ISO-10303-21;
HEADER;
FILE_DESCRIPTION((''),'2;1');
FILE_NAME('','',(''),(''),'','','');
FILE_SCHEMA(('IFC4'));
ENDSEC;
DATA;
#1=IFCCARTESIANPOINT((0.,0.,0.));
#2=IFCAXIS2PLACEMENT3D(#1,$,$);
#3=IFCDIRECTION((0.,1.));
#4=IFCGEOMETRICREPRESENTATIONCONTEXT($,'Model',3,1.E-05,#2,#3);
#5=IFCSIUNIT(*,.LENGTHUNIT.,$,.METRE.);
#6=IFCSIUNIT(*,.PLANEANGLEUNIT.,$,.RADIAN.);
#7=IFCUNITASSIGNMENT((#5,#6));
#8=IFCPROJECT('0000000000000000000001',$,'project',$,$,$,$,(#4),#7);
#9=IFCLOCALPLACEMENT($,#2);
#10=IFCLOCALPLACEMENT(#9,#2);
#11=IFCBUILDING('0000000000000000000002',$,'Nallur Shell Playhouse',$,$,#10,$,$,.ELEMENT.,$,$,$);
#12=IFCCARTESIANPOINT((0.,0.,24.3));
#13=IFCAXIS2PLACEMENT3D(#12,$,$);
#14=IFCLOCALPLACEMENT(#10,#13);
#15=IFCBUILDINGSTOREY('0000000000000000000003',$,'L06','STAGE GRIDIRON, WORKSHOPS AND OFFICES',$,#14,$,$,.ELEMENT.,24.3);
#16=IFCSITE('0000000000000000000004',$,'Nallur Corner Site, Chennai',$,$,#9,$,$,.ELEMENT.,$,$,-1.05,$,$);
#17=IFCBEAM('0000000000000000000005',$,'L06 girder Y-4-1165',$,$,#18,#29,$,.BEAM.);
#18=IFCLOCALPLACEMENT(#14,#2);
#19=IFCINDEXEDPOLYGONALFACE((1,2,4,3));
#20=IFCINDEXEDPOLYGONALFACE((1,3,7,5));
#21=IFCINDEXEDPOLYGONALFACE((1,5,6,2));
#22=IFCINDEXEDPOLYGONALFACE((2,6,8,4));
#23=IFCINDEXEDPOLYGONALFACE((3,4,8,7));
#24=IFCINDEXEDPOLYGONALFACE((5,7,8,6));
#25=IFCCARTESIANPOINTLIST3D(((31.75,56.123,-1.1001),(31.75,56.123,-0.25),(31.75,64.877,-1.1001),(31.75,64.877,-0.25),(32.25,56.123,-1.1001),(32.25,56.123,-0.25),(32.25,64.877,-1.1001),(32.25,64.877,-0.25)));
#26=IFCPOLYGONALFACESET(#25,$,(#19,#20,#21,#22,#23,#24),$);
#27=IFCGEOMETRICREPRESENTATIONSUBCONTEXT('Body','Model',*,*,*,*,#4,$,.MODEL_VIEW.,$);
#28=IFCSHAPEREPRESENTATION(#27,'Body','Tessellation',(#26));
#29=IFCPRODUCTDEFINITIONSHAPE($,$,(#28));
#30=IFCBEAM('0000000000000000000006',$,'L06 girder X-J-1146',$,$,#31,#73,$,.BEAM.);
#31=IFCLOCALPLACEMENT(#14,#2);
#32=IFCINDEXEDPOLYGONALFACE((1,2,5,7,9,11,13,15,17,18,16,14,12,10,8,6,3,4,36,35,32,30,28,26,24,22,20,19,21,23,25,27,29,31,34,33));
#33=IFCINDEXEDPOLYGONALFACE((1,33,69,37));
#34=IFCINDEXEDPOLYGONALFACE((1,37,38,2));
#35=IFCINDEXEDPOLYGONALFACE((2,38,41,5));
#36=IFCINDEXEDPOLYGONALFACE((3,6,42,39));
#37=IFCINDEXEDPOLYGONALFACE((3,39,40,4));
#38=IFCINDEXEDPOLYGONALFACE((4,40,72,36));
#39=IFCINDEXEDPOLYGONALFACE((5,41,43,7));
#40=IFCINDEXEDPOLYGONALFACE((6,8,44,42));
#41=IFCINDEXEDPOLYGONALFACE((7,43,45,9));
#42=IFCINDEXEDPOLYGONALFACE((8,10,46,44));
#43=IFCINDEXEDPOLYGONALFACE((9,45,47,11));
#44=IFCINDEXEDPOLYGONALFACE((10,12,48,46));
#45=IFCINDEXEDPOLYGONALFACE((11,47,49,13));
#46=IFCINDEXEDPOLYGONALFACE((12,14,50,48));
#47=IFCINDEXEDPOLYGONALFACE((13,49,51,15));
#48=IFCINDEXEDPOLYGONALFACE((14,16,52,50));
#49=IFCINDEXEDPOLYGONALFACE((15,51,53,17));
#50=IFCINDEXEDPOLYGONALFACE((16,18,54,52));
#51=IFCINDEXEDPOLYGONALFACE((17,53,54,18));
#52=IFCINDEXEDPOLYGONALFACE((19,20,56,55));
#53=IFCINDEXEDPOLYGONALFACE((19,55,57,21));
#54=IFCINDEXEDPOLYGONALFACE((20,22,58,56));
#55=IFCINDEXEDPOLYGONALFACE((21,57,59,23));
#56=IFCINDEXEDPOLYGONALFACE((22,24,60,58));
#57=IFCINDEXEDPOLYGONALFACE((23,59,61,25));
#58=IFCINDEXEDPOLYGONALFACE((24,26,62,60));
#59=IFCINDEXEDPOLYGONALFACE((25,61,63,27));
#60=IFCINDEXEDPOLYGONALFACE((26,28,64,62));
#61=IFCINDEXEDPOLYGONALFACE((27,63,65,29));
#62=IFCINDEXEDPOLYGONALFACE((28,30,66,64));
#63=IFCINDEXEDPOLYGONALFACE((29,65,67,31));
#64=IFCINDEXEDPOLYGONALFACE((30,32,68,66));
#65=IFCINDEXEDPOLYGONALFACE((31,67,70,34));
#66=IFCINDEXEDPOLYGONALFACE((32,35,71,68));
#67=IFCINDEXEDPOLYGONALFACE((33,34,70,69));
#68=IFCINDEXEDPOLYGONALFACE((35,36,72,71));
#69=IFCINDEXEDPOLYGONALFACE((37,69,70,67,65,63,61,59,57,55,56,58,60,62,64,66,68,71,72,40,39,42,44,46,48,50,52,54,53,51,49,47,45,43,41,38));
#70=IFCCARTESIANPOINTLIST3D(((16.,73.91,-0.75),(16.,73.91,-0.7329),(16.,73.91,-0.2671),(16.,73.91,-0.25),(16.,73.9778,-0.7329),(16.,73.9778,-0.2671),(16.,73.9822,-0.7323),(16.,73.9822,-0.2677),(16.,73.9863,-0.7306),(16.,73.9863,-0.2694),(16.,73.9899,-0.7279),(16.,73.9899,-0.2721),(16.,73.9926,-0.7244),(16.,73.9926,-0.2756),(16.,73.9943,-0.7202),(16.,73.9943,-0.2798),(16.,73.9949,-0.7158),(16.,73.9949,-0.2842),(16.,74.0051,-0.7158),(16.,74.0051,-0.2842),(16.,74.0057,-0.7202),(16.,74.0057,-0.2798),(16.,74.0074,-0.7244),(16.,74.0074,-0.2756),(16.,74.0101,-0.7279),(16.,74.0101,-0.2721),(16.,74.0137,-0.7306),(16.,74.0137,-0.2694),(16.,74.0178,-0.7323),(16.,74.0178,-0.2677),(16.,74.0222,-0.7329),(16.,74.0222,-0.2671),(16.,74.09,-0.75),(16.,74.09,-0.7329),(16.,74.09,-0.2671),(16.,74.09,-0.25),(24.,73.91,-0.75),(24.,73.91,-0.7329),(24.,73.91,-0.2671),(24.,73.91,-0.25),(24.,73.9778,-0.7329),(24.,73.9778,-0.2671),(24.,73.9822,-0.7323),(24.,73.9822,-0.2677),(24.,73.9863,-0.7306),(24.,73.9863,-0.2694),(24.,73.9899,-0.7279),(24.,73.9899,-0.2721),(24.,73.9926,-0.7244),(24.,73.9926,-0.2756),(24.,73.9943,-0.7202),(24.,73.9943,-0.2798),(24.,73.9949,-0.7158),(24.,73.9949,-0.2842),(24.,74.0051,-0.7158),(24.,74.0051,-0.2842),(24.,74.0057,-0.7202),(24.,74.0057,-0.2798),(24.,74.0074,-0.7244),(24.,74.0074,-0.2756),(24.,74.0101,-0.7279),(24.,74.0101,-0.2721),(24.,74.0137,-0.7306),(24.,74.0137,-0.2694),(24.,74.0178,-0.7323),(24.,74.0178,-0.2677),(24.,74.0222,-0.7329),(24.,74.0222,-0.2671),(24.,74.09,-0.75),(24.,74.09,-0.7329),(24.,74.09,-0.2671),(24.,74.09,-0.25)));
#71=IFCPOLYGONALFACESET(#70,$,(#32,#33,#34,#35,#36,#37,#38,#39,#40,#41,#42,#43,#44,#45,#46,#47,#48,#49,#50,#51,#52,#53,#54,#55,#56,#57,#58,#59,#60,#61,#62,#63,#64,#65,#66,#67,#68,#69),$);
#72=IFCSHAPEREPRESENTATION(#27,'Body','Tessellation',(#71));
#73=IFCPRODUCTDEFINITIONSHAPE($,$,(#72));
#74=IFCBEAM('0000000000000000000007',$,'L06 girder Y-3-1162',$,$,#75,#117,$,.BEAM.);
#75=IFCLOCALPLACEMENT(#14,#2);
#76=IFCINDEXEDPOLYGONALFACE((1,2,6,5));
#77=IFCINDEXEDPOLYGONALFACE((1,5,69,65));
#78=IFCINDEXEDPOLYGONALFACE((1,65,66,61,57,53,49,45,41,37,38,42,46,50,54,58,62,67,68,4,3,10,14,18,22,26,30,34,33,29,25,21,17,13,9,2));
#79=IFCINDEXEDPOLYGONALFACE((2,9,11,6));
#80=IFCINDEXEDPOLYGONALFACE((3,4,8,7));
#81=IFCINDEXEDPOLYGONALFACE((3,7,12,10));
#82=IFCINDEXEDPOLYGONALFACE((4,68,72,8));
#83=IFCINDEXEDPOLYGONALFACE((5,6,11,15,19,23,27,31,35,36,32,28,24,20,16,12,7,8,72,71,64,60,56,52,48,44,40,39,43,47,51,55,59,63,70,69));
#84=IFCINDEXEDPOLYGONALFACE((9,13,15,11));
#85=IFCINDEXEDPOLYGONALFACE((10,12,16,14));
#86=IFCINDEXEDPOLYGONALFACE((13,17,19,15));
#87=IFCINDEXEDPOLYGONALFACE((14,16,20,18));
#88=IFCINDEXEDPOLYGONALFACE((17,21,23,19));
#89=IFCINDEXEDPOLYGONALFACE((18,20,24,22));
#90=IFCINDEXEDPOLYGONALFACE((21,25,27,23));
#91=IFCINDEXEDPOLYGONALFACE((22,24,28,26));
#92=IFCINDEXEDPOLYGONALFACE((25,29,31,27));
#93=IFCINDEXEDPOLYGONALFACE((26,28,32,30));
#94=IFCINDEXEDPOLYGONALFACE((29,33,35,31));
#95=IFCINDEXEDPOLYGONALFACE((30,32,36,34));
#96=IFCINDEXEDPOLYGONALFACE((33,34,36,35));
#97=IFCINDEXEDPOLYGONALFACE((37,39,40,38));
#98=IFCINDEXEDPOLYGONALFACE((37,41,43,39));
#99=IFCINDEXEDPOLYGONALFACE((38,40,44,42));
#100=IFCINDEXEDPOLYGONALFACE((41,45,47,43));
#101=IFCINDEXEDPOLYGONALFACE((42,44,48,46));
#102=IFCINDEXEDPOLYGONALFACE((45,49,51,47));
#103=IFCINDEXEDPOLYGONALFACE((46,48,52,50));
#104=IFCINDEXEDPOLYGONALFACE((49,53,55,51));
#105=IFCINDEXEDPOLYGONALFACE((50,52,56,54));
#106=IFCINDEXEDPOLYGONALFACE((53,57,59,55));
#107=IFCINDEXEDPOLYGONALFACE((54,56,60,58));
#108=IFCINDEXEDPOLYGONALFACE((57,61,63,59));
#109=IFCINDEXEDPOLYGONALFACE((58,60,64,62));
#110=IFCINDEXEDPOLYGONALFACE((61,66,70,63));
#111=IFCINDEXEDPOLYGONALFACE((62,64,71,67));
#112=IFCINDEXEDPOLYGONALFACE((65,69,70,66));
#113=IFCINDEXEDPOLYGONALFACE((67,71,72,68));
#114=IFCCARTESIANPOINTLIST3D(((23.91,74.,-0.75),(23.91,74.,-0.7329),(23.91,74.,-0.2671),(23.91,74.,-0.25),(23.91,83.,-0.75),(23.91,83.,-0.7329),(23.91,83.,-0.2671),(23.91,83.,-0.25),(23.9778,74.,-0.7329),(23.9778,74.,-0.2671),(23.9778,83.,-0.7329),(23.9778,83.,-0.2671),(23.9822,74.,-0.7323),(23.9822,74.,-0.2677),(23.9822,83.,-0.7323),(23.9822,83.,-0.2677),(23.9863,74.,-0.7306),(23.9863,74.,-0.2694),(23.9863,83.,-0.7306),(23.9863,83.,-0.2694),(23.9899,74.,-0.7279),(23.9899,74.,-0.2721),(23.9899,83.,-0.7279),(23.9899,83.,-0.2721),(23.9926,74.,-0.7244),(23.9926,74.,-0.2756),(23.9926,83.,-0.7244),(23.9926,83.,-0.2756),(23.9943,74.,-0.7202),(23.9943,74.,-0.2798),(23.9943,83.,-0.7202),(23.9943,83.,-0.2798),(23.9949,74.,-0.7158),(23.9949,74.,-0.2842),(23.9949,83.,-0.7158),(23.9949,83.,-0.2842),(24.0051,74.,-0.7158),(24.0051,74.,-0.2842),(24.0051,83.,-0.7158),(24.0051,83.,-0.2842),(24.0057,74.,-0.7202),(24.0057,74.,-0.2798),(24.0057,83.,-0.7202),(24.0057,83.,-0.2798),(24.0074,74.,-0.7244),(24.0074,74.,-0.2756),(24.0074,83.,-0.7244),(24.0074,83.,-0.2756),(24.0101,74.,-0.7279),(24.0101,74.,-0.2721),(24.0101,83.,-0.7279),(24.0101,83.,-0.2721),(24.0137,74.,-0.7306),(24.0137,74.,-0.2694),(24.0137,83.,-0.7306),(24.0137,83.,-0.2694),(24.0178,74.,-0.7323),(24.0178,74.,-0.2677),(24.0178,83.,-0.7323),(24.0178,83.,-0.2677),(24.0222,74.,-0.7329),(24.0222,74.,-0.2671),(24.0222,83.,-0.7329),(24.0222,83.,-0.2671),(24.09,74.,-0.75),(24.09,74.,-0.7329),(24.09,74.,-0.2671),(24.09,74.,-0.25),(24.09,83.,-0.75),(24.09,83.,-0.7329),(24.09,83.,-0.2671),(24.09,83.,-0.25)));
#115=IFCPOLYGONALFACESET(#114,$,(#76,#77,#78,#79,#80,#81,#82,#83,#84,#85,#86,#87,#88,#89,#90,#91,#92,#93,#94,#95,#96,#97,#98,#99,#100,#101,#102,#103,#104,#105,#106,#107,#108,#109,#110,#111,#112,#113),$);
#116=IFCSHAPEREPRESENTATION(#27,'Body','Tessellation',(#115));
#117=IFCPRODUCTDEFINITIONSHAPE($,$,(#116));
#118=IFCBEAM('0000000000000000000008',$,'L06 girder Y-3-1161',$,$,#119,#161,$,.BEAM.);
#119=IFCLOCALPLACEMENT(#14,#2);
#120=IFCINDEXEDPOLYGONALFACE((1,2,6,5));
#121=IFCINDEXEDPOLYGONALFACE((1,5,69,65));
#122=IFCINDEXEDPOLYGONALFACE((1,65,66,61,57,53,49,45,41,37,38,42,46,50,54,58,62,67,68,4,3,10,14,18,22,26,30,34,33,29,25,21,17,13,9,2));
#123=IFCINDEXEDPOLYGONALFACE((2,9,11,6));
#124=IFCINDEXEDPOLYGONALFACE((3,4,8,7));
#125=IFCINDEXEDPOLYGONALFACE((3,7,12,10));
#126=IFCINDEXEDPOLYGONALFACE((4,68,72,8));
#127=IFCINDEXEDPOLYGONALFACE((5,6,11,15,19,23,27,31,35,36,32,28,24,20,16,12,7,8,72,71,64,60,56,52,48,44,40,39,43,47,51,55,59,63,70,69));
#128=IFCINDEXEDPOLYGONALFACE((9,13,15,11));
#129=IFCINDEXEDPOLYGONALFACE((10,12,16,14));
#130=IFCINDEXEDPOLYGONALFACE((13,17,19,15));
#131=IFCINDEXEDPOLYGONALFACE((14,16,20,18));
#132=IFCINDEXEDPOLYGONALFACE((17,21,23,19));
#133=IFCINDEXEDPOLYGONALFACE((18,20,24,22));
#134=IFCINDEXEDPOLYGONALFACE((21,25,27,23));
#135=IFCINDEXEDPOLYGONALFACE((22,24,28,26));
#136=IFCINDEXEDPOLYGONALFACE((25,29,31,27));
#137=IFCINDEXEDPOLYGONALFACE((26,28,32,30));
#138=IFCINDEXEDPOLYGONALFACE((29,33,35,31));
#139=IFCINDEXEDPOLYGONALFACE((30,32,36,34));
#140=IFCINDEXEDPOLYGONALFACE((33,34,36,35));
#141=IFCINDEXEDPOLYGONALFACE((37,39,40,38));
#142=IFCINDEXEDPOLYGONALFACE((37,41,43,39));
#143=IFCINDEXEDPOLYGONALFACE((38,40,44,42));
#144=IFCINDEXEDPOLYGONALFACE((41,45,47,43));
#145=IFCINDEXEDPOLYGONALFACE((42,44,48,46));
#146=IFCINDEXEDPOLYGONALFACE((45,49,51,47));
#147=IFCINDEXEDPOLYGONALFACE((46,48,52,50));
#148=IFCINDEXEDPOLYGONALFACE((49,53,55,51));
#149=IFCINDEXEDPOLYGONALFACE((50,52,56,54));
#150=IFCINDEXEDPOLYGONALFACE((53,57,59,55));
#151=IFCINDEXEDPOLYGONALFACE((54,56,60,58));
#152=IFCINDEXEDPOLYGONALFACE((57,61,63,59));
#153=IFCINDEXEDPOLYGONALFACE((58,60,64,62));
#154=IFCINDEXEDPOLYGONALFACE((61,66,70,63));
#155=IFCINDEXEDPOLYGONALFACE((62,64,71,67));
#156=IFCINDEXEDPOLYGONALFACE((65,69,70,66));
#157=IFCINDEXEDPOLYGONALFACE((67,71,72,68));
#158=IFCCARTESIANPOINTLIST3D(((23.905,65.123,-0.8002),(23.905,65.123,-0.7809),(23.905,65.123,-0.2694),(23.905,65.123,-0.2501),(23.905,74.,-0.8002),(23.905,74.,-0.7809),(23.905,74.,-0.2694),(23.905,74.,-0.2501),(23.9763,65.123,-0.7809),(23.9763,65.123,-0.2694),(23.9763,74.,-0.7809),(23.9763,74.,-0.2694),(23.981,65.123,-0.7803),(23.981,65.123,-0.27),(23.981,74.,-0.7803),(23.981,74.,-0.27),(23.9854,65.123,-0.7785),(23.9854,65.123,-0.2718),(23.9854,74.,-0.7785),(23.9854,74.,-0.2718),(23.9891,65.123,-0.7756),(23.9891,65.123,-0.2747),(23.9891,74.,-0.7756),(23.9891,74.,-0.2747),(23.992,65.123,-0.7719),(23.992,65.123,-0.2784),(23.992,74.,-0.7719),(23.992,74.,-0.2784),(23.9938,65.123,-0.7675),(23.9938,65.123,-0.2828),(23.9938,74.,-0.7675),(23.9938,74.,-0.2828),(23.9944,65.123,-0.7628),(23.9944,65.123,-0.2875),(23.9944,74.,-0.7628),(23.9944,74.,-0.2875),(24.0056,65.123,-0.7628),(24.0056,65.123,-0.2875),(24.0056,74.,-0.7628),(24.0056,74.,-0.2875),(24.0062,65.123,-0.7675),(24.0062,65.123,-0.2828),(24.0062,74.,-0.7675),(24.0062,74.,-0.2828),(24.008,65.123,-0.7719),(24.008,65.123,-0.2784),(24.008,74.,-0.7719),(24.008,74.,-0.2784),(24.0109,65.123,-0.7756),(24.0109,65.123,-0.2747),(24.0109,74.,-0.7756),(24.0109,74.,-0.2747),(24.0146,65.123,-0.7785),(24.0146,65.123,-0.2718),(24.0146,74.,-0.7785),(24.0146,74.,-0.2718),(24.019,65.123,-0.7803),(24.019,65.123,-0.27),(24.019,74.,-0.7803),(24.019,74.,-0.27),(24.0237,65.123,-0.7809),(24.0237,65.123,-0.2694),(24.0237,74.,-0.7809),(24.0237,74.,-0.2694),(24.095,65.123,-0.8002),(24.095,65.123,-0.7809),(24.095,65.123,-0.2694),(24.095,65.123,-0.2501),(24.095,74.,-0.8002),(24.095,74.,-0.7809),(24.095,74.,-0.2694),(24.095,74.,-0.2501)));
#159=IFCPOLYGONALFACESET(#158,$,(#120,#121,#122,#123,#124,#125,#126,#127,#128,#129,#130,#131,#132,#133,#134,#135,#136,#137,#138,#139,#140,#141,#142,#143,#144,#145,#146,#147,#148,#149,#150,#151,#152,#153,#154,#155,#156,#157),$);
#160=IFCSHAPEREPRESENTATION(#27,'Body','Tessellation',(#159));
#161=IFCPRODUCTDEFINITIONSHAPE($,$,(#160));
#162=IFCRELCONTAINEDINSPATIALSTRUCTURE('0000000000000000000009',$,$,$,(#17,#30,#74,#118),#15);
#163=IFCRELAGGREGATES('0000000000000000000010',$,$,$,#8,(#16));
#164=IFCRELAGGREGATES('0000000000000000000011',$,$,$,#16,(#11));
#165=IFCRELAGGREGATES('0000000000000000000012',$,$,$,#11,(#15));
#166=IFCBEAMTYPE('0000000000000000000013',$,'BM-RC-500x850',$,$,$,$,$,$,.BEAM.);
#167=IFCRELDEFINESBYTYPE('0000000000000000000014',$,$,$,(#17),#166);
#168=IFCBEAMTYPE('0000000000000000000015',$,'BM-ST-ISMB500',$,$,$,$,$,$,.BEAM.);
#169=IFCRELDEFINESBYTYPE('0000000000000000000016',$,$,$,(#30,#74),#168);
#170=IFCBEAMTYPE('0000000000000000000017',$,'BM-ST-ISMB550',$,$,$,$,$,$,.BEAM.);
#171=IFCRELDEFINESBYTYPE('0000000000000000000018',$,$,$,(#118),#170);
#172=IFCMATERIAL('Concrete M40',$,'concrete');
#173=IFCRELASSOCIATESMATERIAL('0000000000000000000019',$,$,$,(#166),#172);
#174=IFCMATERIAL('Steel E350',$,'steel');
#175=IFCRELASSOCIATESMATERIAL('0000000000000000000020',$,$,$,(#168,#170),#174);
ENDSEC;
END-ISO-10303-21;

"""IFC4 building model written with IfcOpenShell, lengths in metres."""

from ifc_helpers import new_model, si_unit, direction, frame, origin, origin_2d, place, context, subcontext, project, spatial, rectangle, i_section, extrude, material, material_profile, profile_set, type_object, element, save


model = new_model("IFC4")

# Units and contexts
model_context = context("Model", 3, precision=1e-05, world=origin(), true_north=direction((0.0, 1.0)))
body_context = subcontext(model_context, "Body", "Model", "MODEL_VIEW")
ifc_project = project(units=[si_unit("LENGTHUNIT", "METRE"), si_unit("PLANEANGLEUNIT", "RADIAN")], contexts=[model_context])

# Site, building, storey
site_placement = place(None, origin())
site = spatial("IfcSite", under=ifc_project, at=site_placement, Name="Nallur Corner Site, Chennai", CompositionType="ELEMENT", RefElevation=-1.05)
building_placement = place(site_placement, origin())
building = spatial("IfcBuilding", under=site, at=building_placement, Name="Nallur Shell Playhouse", CompositionType="ELEMENT")
storey_placement = place(building_placement, frame((0.0, 0.0, 24.3)))
storey = spatial("IfcBuildingStorey", under=building, at=storey_placement, Name="L06", Description="STAGE GRIDIRON, WORKSHOPS AND OFFICES", CompositionType="ELEMENT", Elevation=24.3)

# Beams
ifc_material_1 = material(Name="Concrete M40", Category="concrete")
ifc_material_profile_1 = material_profile(ifc_material_1, rectangle(XDim=0.5, YDim=0.8501, at=origin_2d()), Name="RC 500x850")
ifc_profile_set_1 = profile_set([ifc_material_profile_1], Name="Concrete M40")
beam_type_1 = type_object("IfcBeamType", Name="BM-RC-500x850", PredefinedType="BEAM", material=ifc_profile_set_1)
beam_1_placement = place(storey_placement, frame((32.0, 56.123, -0.675), z_axis=(0.0, 1.0, 0.0), x_axis=(-1.0, 0.0, 0.0)))
element("IfcBeam", 1, at=beam_1_placement, inside=storey, type_object=beam_type_1, Name="L06 girder Y-4-1165", PredefinedType="BEAM", context=body_context, shape_type="SweptSolid", body=[
    extrude(rectangle(XDim=0.5, YDim=0.8501, at=origin_2d()), origin(), (0.0, 0.0, 1.0), 8.7539),
])
ifc_material_2 = material(Name="Steel E350", Category="steel")
ifc_material_profile_2 = material_profile(ifc_material_2, i_section(OverallWidth=0.1799, OverallDepth=0.5, WebThickness=0.0103, FlangeThickness=0.0171, FilletRadius=0.0171, at=origin_2d()), Name="ISMB 500")
ifc_profile_set_2 = profile_set([ifc_material_profile_2], Name="Steel E350")
beam_type_2 = type_object("IfcBeamType", Name="BM-ST-ISMB500", PredefinedType="BEAM", material=ifc_profile_set_2)
beam_2_placement = place(storey_placement, frame((16.0, 74.0, -0.5), z_axis=(1.0, 0.0, 0.0), x_axis=(0.0, 1.0, 0.0)))
element("IfcBeam", 2, at=beam_2_placement, inside=storey, type_object=beam_type_2, Name="L06 girder X-J-1146", PredefinedType="BEAM", context=body_context, shape_type="SweptSolid", body=[
    extrude(i_section(OverallWidth=0.1799, OverallDepth=0.5, WebThickness=0.0103, FlangeThickness=0.0171, FilletRadius=0.0171, at=origin_2d()), origin(), (0.0, 0.0, 1.0), 8.0),
])
beam_3_placement = place(storey_placement, frame((24.0, 74.0, -0.5), z_axis=(0.0, 1.0, 0.0), x_axis=(-1.0, 0.0, 0.0)))
element("IfcBeam", 3, at=beam_3_placement, inside=storey, type_object=beam_type_2, Name="L06 girder Y-3-1162", PredefinedType="BEAM", context=body_context, shape_type="SweptSolid", body=[
    extrude(i_section(OverallWidth=0.1799, OverallDepth=0.5, WebThickness=0.0103, FlangeThickness=0.0171, FilletRadius=0.0171, at=origin_2d()), origin(), (0.0, 0.0, 1.0), 9.0),
])
ifc_material_profile_3 = material_profile(ifc_material_2, i_section(OverallWidth=0.1899, OverallDepth=0.55, WebThickness=0.0112, FlangeThickness=0.0193, FilletRadius=0.0181, at=origin_2d()), Name="ISMB 550")
ifc_profile_set_3 = profile_set([ifc_material_profile_3], Name="Steel E350")
beam_type_3 = type_object("IfcBeamType", Name="BM-ST-ISMB550", PredefinedType="BEAM", material=ifc_profile_set_3)
beam_4_placement = place(storey_placement, frame((24.0, 65.123, -0.5251), z_axis=(0.0, 1.0, 0.0), x_axis=(-1.0, 0.0, 0.0)))
element("IfcBeam", 4, at=beam_4_placement, inside=storey, type_object=beam_type_3, Name="L06 girder Y-3-1161", PredefinedType="BEAM", context=body_context, shape_type="SweptSolid", body=[
    extrude(i_section(OverallWidth=0.1899, OverallDepth=0.55, WebThickness=0.0112, FlangeThickness=0.0193, FilletRadius=0.0181, at=origin_2d()), origin(), (0.0, 0.0, 1.0), 8.877),
])

save(model, "model.ifc")
